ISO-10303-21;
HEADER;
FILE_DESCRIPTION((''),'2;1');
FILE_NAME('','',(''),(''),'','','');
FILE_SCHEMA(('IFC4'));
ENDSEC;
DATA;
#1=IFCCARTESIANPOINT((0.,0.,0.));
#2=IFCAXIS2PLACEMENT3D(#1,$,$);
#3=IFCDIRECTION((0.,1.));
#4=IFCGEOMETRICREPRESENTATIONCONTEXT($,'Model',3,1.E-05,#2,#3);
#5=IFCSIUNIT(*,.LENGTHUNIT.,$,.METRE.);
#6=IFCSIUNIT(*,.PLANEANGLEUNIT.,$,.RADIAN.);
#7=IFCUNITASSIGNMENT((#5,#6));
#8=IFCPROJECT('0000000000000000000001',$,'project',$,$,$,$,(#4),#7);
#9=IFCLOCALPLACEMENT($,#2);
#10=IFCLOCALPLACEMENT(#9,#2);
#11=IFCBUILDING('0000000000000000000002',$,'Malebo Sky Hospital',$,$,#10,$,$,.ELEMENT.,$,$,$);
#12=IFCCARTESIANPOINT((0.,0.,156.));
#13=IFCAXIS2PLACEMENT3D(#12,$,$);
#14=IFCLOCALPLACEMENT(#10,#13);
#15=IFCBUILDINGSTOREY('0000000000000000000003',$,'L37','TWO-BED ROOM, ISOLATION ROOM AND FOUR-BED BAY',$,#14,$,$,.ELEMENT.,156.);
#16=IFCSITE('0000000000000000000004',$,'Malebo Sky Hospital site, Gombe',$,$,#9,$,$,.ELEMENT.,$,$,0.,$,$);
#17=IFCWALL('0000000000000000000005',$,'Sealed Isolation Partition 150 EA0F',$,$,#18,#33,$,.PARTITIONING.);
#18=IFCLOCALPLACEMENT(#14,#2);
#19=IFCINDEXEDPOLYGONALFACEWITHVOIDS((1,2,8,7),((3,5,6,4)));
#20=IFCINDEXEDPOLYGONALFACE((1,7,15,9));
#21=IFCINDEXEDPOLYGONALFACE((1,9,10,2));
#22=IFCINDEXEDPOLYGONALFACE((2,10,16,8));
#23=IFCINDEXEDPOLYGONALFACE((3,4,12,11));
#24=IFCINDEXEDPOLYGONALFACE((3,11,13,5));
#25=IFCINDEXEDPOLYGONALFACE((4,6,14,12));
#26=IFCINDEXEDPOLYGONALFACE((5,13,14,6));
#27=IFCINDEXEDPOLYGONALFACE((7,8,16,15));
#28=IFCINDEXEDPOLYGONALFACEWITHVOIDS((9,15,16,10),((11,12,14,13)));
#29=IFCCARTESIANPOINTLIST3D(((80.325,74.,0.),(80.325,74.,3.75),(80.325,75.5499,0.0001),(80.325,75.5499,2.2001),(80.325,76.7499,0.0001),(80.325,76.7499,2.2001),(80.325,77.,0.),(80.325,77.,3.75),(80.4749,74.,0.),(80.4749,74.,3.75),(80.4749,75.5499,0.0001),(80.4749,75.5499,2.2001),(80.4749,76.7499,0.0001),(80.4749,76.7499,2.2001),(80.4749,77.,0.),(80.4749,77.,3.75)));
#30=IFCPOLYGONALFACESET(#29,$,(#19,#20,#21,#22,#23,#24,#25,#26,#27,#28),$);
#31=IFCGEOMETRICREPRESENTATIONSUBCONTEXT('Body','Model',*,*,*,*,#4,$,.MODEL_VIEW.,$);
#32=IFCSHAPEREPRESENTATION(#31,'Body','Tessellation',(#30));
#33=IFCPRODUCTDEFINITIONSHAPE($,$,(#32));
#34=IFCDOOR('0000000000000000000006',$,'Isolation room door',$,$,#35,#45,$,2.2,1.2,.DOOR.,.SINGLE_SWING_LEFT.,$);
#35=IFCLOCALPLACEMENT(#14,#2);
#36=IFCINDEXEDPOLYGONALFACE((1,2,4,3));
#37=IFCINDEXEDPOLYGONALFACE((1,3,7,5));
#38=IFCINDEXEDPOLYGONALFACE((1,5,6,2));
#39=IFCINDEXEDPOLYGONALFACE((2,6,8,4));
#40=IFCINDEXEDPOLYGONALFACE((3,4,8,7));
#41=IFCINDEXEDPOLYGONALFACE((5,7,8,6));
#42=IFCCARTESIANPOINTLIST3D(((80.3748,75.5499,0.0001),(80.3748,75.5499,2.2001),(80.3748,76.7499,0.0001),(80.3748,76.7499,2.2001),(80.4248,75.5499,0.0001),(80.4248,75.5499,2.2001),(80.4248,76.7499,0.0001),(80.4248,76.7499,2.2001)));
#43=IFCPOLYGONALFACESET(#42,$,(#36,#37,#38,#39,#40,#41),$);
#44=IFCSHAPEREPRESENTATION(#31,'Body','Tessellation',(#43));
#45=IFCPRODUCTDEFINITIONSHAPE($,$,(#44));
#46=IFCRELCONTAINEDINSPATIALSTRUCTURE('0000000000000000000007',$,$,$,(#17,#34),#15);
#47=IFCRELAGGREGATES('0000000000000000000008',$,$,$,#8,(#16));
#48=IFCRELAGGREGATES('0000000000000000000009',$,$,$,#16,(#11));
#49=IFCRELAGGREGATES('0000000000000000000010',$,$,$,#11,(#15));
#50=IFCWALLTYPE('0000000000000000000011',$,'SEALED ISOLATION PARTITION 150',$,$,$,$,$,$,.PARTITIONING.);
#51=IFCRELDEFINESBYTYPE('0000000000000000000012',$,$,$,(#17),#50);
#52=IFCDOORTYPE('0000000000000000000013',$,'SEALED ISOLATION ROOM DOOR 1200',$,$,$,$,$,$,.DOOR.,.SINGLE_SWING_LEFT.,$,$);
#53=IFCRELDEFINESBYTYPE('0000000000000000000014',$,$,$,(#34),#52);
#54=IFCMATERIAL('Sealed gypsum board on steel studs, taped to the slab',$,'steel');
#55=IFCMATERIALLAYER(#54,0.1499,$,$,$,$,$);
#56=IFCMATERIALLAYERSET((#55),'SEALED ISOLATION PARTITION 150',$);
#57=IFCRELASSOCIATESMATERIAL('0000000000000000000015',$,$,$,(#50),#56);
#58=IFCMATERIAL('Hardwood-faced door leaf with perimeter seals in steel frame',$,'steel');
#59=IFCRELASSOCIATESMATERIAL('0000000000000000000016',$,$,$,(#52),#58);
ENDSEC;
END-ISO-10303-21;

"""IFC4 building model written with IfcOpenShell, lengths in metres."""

from ifc_helpers import new_model, si_unit, direction, frame, frame_2d, origin, place, context, subcontext, project, spatial, rectangle, extrude, material, layer, layer_set, type_object, element, fill, save


model = new_model("IFC4")

# Units and contexts
model_context = context("Model", 3, precision=1e-05, world=origin(), true_north=direction((0.0, 1.0)))
body_context = subcontext(model_context, "Body", "Model", "MODEL_VIEW")
ifc_project = project(units=[si_unit("LENGTHUNIT", "METRE"), si_unit("PLANEANGLEUNIT", "RADIAN")], contexts=[model_context])

# Site, building, storey
site_placement = place(None, origin())
site = spatial("IfcSite", under=ifc_project, at=site_placement, Name="Malebo Sky Hospital site, Gombe", CompositionType="ELEMENT", RefElevation=0.0)
building_placement = place(site_placement, origin())
building = spatial("IfcBuilding", under=site, at=building_placement, Name="Malebo Sky Hospital", CompositionType="ELEMENT")
storey_placement = place(building_placement, frame((0.0, 0.0, 156.0)))
storey = spatial("IfcBuildingStorey", under=building, at=storey_placement, Name="L37", Description="TWO-BED ROOM, ISOLATION ROOM AND FOUR-BED BAY", CompositionType="ELEMENT", Elevation=156.0)

# Wall, opening, door
ifc_material_1 = material(Name="Sealed gypsum board on steel studs, taped to the slab", Category="steel")
ifc_layer_1 = layer(ifc_material_1, 0.1499)
ifc_layer_set_1 = layer_set([ifc_layer_1], Name="SEALED ISOLATION PARTITION 150")
wall_type_1 = type_object("IfcWallType", Name="SEALED ISOLATION PARTITION 150", PredefinedType="PARTITIONING", material=ifc_layer_set_1)
wall_1_placement = place(storey_placement, frame((80.3999, 77.0, 0.0), z_axis=(0.0, 0.0, 1.0), x_axis=(0.0, -1.0, 0.0)))
wall_1 = element("IfcWall", 1, at=wall_1_placement, inside=storey, type_object=wall_type_1, Name="Sealed Isolation Partition 150 EA0F", PredefinedType="PARTITIONING", context=body_context, shape_type="SweptSolid", body=[
    extrude(rectangle(XDim=3.0, YDim=0.1499, at=frame_2d((1.5, 0.0))), origin(), (0.0, 0.0, 1.0), 3.75),
])
opening_1_placement = place(wall_1_placement, frame((0.25, 0.0, 0.0)))
opening_1 = element("IfcOpeningElement", 2, at=opening_1_placement, cuts=wall_1, PredefinedType="OPENING", context=body_context, shape_type="SweptSolid", body=[
    extrude(rectangle(XDim=1.2, YDim=2.2, at=frame_2d((0.6001, 1.1001))), frame((0.0, 0.085, 0.0), z_axis=(0.0, -1.0, 0.0), x_axis=(1.0, 0.0, 0.0)), (0.0, 0.0, 1.0), 0.1699),
])
ifc_material_2 = material(Name="Hardwood-faced door leaf with perimeter seals in steel frame", Category="steel")
door_type_1 = type_object("IfcDoorType", Name="SEALED ISOLATION ROOM DOOR 1200", OperationType="SINGLE_SWING_LEFT", PredefinedType="DOOR", material=ifc_material_2)
door_1_placement = place(opening_1_placement, origin())
door_1 = element("IfcDoor", 3, at=door_1_placement, inside=storey, type_object=door_type_1, Name="Isolation room door", OperationType="SINGLE_SWING_LEFT", OverallHeight=2.2, OverallWidth=1.2, PredefinedType="DOOR", context=body_context, shape_type="SweptSolid", body=[
    extrude(rectangle(XDim=1.2, YDim=2.2, at=frame_2d((0.6001, 1.1001))), frame((0.0, 0.0249, 0.0), z_axis=(0.0, -1.0, 0.0), x_axis=(1.0, 0.0, 0.0)), (0.0, 0.0, 1.0), 0.05),
])
fill(opening_1, door_1)

save(model, "model.ifc")
